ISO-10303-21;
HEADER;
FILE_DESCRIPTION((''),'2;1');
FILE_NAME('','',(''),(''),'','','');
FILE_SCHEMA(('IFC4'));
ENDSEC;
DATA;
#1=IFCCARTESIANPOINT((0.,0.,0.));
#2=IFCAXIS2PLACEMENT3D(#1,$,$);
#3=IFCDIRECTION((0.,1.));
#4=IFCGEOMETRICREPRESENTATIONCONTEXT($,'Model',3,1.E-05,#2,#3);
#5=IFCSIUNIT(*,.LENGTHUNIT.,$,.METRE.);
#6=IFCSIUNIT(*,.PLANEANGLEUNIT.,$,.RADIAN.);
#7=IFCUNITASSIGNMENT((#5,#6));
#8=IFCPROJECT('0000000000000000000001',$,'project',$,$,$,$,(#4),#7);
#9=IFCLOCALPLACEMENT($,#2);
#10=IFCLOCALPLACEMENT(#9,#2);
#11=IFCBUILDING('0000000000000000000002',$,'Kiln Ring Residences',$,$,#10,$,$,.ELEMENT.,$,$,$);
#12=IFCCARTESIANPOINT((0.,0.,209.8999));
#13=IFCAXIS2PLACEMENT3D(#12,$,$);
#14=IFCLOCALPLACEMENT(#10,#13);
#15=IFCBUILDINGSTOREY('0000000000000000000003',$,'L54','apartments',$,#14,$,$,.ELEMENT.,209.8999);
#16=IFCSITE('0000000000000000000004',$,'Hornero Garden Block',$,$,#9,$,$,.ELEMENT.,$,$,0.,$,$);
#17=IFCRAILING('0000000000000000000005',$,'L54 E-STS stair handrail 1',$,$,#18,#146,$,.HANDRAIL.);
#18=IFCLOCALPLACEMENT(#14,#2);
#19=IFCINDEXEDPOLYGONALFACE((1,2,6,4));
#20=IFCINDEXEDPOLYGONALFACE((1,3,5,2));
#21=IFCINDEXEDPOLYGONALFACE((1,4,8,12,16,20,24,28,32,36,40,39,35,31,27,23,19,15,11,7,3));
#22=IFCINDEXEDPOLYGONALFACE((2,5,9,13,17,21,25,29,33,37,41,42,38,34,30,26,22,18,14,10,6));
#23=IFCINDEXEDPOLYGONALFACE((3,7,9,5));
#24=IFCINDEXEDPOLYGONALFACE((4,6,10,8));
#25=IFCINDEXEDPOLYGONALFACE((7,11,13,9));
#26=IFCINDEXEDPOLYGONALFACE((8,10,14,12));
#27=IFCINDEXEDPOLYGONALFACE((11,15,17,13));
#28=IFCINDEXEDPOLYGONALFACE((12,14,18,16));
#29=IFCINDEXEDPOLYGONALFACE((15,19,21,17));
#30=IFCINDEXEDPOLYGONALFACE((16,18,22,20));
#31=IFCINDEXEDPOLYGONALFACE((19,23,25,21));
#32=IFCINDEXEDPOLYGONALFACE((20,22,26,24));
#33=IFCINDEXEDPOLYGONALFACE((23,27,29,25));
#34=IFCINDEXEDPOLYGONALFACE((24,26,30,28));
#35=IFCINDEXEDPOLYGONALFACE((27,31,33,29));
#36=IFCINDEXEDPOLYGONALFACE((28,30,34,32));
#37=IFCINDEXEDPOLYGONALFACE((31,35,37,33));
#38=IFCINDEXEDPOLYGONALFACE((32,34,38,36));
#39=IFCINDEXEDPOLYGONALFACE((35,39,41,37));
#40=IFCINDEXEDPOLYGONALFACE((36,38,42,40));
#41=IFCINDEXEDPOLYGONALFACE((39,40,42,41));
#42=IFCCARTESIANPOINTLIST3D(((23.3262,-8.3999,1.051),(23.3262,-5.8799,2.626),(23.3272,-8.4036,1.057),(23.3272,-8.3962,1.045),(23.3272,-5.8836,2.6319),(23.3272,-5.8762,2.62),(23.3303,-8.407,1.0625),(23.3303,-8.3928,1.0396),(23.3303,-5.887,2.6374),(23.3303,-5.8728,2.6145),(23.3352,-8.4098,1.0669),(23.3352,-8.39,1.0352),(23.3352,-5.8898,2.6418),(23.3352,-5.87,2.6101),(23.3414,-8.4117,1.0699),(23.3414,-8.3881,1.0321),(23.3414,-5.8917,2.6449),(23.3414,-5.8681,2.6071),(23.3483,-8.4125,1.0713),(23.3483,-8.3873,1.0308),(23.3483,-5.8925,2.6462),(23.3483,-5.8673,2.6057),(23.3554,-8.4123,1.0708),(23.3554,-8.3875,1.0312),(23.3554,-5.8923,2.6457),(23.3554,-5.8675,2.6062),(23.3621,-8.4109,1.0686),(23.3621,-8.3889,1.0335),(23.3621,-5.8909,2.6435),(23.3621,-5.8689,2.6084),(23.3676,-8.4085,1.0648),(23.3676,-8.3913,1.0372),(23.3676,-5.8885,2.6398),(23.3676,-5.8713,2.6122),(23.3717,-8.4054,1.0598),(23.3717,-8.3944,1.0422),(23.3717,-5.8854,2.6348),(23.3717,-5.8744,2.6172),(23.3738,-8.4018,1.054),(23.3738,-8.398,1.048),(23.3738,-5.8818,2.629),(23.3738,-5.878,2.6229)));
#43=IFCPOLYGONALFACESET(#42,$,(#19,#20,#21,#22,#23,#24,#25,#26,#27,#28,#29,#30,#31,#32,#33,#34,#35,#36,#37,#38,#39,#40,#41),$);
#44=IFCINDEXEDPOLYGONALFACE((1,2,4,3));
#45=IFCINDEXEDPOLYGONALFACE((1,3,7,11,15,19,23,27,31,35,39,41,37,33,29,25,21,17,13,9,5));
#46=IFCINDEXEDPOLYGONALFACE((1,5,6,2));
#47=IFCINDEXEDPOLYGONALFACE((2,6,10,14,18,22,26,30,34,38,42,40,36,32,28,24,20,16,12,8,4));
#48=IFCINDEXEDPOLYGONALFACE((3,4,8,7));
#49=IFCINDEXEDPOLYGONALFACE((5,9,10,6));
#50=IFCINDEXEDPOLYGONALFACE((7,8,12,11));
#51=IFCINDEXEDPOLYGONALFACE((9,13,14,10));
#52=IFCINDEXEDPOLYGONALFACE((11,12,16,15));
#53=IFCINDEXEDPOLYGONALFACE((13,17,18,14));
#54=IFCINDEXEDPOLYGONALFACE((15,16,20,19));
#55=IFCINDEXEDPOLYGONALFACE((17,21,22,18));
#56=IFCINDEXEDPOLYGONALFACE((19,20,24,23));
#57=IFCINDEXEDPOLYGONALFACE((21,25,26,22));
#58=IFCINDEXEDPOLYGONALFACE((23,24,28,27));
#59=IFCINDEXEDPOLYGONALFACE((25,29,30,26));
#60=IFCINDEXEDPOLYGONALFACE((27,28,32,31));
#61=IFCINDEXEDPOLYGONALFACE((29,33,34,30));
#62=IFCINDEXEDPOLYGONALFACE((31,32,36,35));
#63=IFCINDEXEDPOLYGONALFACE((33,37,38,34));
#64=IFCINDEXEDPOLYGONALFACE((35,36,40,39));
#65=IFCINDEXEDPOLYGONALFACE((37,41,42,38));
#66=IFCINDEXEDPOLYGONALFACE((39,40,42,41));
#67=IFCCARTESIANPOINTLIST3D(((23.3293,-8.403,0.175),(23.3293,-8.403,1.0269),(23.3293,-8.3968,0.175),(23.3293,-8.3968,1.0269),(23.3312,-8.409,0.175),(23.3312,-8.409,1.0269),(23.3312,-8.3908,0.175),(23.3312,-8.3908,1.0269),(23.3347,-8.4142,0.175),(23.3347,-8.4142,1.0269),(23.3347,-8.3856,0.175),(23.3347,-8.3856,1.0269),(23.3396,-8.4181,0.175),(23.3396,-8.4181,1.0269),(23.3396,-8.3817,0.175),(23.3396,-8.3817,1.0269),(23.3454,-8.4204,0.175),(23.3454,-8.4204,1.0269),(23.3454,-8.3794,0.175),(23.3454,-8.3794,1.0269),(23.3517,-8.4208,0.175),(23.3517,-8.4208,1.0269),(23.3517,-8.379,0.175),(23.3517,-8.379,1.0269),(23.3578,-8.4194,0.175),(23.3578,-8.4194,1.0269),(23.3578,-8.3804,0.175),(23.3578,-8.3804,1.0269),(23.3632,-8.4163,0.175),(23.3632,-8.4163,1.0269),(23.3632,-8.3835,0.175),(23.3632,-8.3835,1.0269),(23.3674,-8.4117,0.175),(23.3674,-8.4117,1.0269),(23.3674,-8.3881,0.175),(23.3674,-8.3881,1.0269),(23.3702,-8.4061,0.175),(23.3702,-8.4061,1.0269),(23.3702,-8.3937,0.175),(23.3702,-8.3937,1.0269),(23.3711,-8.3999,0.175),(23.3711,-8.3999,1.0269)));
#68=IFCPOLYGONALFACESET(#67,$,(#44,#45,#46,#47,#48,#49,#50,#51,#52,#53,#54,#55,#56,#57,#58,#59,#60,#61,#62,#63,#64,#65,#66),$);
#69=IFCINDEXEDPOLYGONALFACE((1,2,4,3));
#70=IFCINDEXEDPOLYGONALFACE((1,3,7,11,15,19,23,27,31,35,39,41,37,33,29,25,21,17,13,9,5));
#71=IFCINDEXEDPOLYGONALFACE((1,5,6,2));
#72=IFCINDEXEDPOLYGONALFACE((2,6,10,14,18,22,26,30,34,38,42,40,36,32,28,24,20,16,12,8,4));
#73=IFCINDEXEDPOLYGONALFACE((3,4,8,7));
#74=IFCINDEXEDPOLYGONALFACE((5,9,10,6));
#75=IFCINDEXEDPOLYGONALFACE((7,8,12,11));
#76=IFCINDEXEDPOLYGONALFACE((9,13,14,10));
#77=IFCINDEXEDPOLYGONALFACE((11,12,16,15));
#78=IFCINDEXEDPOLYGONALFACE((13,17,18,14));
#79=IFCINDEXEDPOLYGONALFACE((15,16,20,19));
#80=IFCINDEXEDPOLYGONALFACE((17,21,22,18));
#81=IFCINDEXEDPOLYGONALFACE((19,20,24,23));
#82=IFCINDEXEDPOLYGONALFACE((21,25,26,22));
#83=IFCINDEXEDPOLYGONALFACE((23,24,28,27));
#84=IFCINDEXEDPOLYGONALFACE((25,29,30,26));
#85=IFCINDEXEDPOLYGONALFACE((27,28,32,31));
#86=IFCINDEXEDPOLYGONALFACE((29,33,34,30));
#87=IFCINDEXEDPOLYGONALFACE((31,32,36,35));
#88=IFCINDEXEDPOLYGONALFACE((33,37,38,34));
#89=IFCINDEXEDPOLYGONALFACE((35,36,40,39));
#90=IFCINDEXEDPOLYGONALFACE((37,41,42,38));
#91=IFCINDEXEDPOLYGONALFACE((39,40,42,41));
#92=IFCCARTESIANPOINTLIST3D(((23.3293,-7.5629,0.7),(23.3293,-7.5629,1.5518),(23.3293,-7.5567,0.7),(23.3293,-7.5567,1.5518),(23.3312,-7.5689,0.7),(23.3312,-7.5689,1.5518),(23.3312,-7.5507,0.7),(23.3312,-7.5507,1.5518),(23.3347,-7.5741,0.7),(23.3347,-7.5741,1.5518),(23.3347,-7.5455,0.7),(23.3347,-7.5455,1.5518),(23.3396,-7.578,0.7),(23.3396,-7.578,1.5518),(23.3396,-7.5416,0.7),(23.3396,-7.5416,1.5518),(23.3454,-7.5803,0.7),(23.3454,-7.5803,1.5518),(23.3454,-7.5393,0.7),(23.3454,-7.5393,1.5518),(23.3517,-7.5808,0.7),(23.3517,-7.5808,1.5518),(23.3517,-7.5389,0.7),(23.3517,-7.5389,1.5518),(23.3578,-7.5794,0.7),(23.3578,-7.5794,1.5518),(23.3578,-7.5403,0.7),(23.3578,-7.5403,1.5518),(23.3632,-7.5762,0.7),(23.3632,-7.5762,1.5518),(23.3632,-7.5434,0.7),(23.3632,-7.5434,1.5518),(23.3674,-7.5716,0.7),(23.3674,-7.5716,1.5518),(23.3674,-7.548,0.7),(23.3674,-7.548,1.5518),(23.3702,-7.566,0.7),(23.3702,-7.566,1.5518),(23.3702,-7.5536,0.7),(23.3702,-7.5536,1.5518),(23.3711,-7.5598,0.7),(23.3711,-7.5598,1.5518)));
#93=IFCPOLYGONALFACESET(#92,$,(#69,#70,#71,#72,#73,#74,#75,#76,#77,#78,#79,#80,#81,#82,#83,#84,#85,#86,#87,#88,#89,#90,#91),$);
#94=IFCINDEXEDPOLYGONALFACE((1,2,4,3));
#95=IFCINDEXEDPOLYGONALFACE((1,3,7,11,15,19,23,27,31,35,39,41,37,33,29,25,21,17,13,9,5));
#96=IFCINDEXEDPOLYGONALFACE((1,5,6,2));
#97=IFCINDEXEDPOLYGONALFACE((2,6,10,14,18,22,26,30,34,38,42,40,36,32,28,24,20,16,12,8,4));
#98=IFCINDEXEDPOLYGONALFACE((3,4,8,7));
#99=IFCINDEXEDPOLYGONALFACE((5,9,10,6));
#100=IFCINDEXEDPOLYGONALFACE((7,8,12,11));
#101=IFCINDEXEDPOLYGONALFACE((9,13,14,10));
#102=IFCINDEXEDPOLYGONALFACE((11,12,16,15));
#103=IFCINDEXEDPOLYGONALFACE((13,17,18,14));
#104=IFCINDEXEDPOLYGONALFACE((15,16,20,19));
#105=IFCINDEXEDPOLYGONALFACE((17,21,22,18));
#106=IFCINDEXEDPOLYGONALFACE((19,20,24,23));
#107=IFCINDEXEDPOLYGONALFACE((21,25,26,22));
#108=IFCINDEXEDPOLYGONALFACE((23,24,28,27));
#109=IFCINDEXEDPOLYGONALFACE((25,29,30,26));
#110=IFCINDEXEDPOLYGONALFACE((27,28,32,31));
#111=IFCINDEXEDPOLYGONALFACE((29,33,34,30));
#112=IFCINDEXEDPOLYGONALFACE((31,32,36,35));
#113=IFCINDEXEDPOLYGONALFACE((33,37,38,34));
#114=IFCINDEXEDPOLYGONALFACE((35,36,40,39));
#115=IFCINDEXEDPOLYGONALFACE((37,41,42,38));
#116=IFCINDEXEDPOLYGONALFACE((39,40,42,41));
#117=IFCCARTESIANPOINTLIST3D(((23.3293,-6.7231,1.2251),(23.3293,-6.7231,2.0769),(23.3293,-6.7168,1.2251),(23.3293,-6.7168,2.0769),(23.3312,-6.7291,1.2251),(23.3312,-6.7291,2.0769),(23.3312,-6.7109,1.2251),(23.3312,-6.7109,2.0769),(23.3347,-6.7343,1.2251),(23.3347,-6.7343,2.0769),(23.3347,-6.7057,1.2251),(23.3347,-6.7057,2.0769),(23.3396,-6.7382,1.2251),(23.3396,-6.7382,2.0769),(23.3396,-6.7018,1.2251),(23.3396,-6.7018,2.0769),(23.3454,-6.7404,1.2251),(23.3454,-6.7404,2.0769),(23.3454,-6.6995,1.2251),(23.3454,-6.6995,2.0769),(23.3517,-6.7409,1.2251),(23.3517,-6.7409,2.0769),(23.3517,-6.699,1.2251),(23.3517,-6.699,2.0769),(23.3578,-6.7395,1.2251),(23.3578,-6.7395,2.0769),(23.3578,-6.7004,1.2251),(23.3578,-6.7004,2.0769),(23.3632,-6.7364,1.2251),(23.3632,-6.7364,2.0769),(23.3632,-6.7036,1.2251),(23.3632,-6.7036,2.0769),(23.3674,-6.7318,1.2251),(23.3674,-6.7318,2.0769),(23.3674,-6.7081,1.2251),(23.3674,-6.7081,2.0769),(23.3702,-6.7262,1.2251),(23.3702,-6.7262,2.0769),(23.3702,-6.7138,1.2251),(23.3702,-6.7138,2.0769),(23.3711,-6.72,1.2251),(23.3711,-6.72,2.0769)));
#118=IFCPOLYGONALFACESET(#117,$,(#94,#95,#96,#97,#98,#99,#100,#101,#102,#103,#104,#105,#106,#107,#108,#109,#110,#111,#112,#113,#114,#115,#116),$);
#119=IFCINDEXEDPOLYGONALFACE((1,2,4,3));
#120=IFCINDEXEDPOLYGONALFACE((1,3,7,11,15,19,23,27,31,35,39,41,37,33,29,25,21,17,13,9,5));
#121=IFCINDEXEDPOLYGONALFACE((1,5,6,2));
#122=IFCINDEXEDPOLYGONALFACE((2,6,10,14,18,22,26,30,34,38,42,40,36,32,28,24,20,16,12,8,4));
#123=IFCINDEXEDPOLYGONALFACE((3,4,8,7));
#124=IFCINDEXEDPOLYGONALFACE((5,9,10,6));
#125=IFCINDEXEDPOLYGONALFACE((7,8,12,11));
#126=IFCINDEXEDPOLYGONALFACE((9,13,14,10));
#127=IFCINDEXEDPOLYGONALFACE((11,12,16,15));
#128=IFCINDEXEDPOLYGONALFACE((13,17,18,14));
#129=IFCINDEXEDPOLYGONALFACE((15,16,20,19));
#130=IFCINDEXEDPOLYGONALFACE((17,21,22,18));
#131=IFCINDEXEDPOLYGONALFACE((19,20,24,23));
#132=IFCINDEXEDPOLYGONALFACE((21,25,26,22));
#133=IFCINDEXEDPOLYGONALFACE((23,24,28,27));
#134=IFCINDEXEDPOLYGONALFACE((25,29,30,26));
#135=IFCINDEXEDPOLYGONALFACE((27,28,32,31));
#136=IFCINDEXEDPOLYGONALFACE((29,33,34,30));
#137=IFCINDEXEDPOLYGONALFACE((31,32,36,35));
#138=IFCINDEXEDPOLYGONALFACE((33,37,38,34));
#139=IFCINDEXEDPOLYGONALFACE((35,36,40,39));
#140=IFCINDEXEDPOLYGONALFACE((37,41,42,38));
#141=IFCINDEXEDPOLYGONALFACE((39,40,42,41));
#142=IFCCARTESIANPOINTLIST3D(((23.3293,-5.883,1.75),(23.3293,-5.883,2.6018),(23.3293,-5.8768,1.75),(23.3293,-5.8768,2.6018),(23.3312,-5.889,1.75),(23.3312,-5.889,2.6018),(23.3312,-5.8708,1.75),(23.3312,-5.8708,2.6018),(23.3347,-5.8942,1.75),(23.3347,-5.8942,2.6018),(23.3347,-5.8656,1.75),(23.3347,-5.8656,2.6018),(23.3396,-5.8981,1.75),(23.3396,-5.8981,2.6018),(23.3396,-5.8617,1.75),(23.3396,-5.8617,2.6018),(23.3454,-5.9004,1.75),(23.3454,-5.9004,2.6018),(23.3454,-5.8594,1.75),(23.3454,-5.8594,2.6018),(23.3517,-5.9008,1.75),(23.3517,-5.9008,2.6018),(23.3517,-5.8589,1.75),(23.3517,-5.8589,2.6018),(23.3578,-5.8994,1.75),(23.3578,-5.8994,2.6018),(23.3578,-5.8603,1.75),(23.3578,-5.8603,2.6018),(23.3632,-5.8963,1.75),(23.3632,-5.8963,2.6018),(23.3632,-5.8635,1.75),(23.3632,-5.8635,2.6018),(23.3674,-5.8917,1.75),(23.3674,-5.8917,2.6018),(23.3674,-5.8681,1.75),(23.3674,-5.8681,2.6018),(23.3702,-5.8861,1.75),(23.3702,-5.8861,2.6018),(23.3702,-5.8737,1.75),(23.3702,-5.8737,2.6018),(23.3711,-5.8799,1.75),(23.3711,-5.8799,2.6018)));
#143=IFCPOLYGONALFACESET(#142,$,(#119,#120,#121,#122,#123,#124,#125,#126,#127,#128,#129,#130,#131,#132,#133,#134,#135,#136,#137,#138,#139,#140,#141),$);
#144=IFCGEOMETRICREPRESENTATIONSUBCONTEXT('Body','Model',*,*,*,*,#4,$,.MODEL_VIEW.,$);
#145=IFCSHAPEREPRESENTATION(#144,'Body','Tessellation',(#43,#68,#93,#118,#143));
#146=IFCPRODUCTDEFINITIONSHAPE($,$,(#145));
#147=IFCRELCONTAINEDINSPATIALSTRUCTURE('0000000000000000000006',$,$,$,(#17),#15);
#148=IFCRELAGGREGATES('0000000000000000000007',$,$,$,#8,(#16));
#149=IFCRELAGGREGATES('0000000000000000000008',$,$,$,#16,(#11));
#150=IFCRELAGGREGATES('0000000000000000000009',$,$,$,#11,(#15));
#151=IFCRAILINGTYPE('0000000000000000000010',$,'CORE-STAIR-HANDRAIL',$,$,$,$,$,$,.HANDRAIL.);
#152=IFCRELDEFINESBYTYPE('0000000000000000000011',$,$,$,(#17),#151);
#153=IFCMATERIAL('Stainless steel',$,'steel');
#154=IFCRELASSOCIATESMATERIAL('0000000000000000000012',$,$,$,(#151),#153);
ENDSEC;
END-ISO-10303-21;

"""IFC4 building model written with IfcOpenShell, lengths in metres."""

from ifc_helpers import new_model, si_unit, direction, frame, origin, origin_2d, place, context, subcontext, project, spatial, circle, extrude, material, type_object, element, save


model = new_model("IFC4")

# Units and contexts
model_context = context("Model", 3, precision=1e-05, world=origin(), true_north=direction((0.0, 1.0)))
body_context = subcontext(model_context, "Body", "Model", "MODEL_VIEW")
ifc_project = project(units=[si_unit("LENGTHUNIT", "METRE"), si_unit("PLANEANGLEUNIT", "RADIAN")], contexts=[model_context])

# Site, building, storey
site_placement = place(None, origin())
site = spatial("IfcSite", under=ifc_project, at=site_placement, Name="Hornero Garden Block", CompositionType="ELEMENT", RefElevation=0.0)
building_placement = place(site_placement, origin())
building = spatial("IfcBuilding", under=site, at=building_placement, Name="Kiln Ring Residences", CompositionType="ELEMENT")
storey_placement = place(building_placement, frame((0.0, 0.0, 209.8999)))
storey = spatial("IfcBuildingStorey", under=building, at=storey_placement, Name="L54", Description="apartments", CompositionType="ELEMENT", Elevation=209.8999)

# Railing
ifc_material_1 = material(Name="Stainless steel", Category="steel")
railing_type_1 = type_object("IfcRailingType", Name="CORE-STAIR-HANDRAIL", PredefinedType="HANDRAIL", material=ifc_material_1)
railing_1_placement = place(storey_placement, frame((23.3501, -8.3999, 0.175)))
element("IfcRailing", 1, at=railing_1_placement, inside=storey, type_object=railing_type_1, Name="L54 E-STS stair handrail 1", PredefinedType="HANDRAIL", context=body_context, shape_type="SweptSolid", body=[
    extrude(circle(Radius=0.0239, at=origin_2d()), frame((0.0, 0.0, 0.876), z_axis=(0.0, 0.848008, 0.529984), x_axis=(-1.0, 0.0, 0.0)), (0.0, 0.0, 1.0), 2.9717),
    extrude(circle(Radius=0.021, at=origin_2d()), origin(), (0.0, 0.0, 1.0), 0.8518),
    extrude(circle(Radius=0.021, at=origin_2d()), frame((0.0, 0.8401, 0.5249)), (0.0, 0.0, 1.0), 0.8518),
    extrude(circle(Radius=0.021, at=origin_2d()), frame((0.0, 1.6799, 1.05)), (0.0, 0.0, 1.0), 0.8518),
    extrude(circle(Radius=0.021, at=origin_2d()), frame((0.0, 2.52, 1.575)), (0.0, 0.0, 1.0), 0.8518),
])

save(model, "model.ifc")
